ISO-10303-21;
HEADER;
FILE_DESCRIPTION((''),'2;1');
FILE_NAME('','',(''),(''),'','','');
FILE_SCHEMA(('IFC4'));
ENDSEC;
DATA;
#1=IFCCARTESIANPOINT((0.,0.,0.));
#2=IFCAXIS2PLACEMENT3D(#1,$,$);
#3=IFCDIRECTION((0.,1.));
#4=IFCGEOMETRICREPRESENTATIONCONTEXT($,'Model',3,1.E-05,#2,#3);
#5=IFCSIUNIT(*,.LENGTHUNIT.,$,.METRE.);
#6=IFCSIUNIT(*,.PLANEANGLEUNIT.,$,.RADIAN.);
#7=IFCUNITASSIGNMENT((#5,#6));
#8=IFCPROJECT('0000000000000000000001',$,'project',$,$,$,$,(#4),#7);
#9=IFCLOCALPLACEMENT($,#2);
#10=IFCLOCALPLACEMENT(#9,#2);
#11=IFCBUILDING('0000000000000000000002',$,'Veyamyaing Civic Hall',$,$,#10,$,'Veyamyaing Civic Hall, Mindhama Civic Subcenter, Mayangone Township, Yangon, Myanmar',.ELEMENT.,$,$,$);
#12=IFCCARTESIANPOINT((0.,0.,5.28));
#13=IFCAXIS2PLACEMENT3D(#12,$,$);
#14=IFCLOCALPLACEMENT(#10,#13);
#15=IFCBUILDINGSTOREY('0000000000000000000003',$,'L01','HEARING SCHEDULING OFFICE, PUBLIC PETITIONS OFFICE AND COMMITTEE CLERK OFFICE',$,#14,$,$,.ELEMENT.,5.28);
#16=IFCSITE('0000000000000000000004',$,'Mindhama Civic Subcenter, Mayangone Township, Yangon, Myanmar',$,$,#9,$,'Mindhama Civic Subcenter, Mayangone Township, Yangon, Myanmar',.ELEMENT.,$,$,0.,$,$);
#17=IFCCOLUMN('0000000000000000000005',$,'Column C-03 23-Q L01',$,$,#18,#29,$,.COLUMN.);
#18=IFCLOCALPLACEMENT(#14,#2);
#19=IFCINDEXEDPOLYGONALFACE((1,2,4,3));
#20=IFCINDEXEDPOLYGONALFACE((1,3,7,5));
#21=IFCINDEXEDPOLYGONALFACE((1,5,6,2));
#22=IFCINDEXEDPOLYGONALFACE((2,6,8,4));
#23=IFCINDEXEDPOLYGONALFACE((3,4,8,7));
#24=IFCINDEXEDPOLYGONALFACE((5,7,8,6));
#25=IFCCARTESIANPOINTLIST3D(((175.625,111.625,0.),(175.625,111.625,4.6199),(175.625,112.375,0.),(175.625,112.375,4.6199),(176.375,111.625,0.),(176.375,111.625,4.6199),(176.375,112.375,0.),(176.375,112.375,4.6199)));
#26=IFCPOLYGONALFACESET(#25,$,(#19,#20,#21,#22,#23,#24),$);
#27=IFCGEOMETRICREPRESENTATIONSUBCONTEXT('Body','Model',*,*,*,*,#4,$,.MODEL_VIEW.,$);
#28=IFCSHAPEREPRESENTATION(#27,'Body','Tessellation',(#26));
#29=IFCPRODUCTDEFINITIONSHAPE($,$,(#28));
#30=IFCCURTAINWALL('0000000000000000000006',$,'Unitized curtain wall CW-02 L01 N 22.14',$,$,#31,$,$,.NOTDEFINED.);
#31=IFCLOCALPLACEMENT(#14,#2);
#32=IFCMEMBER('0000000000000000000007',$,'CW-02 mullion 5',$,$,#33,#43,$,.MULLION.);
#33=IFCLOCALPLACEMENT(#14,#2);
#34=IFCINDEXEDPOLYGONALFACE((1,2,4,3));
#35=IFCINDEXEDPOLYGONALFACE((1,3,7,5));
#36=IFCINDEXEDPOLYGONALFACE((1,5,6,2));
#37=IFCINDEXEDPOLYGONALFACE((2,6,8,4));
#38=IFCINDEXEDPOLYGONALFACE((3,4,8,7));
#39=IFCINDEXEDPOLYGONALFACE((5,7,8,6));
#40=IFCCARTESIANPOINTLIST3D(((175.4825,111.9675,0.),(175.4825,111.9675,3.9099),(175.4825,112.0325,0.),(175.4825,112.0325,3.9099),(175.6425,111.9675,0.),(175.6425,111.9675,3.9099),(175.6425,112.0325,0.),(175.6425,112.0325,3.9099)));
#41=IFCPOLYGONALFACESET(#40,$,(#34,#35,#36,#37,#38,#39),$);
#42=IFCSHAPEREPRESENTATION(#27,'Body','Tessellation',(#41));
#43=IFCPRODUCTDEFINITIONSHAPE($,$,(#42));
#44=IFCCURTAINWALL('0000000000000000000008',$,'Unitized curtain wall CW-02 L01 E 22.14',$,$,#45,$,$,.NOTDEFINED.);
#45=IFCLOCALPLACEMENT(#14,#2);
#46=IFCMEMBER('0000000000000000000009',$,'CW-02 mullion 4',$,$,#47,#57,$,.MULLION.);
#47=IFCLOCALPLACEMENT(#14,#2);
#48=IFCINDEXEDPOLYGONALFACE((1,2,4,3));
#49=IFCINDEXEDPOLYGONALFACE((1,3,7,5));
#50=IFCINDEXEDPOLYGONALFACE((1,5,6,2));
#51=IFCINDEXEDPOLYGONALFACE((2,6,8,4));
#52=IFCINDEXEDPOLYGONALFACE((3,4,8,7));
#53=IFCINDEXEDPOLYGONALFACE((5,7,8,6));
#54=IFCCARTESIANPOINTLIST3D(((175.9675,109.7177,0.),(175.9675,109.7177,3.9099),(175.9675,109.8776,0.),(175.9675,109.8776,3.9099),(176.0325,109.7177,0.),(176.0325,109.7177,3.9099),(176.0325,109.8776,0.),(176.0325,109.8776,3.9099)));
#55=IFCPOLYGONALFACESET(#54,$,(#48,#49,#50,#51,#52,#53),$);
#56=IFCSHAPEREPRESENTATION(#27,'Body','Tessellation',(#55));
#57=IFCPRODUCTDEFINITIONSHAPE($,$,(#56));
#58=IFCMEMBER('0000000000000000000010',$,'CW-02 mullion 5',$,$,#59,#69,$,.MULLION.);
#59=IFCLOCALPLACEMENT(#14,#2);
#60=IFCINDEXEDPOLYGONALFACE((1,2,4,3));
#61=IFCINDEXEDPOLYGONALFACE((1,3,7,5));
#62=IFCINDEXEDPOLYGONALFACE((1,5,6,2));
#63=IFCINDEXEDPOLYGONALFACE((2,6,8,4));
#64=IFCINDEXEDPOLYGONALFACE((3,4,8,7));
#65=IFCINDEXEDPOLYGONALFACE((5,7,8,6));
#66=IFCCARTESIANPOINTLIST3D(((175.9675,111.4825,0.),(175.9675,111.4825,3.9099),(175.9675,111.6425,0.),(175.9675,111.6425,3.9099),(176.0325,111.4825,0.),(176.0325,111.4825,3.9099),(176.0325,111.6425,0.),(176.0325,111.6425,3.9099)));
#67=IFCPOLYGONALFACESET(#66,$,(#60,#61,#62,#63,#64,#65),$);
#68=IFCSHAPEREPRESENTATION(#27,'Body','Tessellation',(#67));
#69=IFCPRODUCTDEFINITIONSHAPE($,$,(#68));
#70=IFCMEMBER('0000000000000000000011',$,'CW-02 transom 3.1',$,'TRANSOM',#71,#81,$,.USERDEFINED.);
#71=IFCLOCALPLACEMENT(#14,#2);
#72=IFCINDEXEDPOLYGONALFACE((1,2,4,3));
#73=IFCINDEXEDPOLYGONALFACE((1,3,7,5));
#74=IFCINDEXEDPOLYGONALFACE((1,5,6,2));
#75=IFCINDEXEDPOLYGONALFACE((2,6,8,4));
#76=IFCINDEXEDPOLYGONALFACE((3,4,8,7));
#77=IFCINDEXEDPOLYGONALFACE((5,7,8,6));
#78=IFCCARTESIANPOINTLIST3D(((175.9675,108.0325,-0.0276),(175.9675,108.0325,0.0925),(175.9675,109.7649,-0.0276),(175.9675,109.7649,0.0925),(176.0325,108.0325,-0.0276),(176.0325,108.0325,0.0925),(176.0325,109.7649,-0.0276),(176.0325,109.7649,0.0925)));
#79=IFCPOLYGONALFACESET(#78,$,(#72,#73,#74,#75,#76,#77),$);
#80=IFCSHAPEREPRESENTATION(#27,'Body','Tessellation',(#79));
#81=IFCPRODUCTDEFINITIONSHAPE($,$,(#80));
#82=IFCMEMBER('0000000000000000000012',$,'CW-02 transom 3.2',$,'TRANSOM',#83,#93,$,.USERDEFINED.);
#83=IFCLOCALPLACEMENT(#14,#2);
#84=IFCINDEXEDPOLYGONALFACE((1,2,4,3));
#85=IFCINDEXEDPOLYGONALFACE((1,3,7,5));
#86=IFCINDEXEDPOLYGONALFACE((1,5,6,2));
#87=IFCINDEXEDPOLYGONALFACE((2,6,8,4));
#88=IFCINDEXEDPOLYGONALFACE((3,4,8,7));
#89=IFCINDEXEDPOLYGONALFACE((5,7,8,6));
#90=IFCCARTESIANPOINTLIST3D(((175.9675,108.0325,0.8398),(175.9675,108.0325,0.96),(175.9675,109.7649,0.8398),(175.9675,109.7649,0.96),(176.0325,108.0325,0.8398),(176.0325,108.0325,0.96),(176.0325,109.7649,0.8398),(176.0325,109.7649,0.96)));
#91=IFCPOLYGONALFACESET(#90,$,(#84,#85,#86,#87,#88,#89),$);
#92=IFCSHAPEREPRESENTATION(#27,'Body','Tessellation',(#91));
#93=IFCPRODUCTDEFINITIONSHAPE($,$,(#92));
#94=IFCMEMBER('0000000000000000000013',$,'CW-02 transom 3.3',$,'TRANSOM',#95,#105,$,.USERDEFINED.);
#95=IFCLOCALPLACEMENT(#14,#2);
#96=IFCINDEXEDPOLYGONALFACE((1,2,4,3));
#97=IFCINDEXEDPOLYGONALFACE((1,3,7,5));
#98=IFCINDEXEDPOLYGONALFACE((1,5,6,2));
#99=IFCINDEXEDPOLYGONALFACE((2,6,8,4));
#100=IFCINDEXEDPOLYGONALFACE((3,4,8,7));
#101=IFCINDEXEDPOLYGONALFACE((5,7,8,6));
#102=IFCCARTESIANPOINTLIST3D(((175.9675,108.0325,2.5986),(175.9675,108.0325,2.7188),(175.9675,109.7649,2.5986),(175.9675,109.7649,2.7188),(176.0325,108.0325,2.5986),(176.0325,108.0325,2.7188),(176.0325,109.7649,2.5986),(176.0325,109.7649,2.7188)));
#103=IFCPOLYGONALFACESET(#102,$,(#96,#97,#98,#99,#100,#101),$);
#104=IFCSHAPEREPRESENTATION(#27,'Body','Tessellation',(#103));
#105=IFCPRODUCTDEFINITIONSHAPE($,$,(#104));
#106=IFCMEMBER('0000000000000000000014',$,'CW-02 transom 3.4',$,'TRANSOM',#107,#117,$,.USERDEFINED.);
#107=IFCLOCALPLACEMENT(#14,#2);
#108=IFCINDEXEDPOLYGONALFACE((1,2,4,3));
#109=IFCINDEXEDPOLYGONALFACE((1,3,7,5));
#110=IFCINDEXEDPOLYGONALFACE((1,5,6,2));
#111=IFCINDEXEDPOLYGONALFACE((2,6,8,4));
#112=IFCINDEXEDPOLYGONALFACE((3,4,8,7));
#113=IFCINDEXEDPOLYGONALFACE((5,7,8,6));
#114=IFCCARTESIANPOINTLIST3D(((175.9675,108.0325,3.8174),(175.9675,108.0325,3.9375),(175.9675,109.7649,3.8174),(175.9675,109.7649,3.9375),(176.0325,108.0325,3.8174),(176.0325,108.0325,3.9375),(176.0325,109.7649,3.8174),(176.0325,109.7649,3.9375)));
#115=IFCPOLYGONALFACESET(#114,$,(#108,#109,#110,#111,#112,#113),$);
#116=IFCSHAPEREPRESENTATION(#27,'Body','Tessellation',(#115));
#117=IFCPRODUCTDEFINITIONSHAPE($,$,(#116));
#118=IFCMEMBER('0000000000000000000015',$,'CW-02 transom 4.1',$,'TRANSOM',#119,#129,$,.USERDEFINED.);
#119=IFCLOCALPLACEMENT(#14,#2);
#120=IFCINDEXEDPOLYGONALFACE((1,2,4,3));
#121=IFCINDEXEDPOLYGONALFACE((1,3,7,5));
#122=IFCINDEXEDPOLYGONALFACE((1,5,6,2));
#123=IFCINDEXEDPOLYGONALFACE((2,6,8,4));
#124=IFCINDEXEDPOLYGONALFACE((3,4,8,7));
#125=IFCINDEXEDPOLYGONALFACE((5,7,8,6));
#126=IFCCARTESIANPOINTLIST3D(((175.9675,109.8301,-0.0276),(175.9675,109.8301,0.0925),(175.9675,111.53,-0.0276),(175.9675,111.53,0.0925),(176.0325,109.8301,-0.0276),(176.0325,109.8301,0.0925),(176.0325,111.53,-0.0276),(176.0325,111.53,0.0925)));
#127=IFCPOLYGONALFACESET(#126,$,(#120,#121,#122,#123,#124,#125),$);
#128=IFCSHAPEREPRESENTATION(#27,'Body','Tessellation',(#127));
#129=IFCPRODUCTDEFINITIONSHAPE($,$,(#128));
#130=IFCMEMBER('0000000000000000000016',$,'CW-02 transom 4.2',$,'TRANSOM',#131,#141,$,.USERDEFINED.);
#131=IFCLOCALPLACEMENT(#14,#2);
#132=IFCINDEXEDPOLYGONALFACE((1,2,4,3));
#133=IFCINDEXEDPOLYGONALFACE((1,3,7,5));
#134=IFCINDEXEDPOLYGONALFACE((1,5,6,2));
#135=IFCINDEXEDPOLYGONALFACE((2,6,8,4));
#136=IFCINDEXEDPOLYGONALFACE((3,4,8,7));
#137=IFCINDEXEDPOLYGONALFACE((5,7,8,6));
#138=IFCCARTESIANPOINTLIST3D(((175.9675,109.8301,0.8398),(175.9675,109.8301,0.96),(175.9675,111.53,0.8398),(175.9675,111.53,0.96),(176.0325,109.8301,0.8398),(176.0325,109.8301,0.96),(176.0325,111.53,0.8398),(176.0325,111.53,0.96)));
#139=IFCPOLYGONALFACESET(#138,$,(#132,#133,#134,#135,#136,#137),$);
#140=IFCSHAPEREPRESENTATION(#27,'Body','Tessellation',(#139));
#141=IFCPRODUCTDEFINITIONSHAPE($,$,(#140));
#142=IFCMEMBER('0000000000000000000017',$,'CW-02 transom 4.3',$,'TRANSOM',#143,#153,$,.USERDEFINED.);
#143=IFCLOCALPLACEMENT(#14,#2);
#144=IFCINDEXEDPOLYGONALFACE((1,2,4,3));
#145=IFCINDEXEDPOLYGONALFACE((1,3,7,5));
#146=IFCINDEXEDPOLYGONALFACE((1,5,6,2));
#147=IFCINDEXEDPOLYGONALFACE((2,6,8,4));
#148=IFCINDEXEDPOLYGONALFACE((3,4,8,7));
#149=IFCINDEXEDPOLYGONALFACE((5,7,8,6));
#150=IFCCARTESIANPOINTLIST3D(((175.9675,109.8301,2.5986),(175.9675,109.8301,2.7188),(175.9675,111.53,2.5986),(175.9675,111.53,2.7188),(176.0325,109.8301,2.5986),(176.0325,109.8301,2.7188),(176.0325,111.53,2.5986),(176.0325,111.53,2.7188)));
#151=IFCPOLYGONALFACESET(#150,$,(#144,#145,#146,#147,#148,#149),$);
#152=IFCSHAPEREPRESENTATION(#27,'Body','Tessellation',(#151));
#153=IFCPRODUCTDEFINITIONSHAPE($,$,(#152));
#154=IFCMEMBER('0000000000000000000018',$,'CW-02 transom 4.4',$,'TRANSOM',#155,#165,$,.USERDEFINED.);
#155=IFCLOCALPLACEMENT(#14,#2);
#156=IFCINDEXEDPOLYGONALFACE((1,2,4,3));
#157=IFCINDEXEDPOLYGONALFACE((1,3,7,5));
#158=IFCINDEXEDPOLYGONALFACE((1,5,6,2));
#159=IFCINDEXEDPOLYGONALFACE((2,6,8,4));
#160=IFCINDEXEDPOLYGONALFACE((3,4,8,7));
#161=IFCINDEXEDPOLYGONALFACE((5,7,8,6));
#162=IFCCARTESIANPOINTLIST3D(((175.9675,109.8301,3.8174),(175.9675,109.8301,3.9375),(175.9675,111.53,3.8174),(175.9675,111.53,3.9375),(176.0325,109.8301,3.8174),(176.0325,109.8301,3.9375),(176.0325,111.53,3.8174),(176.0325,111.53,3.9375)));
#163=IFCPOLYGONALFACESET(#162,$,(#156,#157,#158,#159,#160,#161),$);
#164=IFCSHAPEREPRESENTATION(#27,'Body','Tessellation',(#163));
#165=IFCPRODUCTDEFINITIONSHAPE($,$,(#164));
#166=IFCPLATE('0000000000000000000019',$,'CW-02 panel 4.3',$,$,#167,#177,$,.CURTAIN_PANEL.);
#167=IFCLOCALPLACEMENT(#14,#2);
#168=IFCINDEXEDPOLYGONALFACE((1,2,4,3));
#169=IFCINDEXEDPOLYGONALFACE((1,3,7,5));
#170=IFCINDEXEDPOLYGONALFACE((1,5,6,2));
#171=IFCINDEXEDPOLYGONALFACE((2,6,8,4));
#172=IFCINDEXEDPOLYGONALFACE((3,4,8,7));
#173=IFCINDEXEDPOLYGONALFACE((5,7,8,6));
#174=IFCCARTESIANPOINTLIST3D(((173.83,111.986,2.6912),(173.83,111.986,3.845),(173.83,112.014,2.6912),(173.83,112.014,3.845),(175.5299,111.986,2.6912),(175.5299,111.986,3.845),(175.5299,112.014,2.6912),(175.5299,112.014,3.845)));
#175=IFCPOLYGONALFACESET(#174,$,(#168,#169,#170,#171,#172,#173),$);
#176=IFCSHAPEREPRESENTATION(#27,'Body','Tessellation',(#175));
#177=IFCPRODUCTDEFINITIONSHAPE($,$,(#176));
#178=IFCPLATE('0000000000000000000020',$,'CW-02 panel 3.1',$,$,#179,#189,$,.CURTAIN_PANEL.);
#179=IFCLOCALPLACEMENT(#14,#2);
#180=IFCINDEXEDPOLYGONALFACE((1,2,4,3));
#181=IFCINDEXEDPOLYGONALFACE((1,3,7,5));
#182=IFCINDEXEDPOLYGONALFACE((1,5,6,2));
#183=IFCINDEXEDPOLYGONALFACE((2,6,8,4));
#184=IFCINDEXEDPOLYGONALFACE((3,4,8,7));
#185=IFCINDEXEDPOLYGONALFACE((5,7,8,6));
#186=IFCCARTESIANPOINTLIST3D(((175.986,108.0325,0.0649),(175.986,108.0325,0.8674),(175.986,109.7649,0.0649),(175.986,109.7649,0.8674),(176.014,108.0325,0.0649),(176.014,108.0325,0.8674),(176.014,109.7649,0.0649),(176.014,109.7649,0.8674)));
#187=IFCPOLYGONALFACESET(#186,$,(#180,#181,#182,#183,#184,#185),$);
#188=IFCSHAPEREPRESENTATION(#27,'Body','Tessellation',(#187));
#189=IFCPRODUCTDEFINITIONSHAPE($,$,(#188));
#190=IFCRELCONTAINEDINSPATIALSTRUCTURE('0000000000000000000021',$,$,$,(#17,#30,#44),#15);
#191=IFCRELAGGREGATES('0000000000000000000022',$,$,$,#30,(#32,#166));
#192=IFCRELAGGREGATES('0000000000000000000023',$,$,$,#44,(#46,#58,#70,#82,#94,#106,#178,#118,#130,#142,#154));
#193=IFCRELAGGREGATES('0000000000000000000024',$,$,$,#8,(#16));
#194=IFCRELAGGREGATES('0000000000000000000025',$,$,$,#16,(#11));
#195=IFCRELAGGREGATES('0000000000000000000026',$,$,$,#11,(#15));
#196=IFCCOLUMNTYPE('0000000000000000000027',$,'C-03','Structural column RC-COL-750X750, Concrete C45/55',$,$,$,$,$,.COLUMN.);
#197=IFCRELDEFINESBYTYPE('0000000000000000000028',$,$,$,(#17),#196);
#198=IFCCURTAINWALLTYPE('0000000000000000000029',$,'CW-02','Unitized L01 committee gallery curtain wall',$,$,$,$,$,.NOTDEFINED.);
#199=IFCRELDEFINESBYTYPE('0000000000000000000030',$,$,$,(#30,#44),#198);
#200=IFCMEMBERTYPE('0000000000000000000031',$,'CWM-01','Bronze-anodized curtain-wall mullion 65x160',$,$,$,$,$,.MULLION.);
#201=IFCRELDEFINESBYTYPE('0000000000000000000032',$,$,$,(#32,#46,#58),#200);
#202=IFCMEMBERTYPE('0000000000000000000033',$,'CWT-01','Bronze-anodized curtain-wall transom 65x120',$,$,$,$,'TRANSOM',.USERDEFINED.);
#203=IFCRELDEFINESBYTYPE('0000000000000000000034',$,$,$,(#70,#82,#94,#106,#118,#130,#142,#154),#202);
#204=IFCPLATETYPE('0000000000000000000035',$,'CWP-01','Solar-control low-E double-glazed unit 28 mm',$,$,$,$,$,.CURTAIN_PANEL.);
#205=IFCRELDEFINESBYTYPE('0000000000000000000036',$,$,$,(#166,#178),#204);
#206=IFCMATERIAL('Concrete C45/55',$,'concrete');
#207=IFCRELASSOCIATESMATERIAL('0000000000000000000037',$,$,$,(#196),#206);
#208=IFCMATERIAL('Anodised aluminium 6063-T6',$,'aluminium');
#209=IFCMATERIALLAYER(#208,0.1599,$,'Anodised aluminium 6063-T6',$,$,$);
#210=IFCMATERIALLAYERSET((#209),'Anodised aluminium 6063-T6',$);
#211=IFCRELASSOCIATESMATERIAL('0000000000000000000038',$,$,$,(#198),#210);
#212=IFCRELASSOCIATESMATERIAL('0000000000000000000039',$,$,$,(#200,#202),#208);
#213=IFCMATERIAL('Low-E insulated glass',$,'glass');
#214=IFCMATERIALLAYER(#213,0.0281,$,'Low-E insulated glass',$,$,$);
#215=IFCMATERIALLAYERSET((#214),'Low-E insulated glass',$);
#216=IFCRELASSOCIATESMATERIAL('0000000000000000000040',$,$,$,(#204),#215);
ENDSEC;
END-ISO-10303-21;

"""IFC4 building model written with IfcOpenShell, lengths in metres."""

from ifc_helpers import new_model, si_unit, direction, frame, origin, origin_2d, place, context, subcontext, project, spatial, rectangle, extrude, material, layer, layer_set, material_profile, profile_set, type_object, element, aggregate, save


model = new_model("IFC4")

# Units and contexts
model_context = context("Model", 3, precision=1e-05, world=origin(), true_north=direction((0.0, 1.0)))
body_context = subcontext(model_context, "Body", "Model", "MODEL_VIEW")
ifc_project = project(units=[si_unit("LENGTHUNIT", "METRE"), si_unit("PLANEANGLEUNIT", "RADIAN")], contexts=[model_context])

# Site, building, storey
site_placement = place(None, origin())
site = spatial("IfcSite", under=ifc_project, at=site_placement, Name="Mindhama Civic Subcenter, Mayangone Township, Yangon, Myanmar", LongName="Mindhama Civic Subcenter, Mayangone Township, Yangon, Myanmar", CompositionType="ELEMENT", RefElevation=0.0)
building_placement = place(site_placement, origin())
building = spatial("IfcBuilding", under=site, at=building_placement, Name="Veyamyaing Civic Hall", LongName="Veyamyaing Civic Hall, Mindhama Civic Subcenter, Mayangone Township, Yangon, Myanmar", CompositionType="ELEMENT")
storey_placement = place(building_placement, frame((0.0, 0.0, 5.28)))
storey = spatial("IfcBuildingStorey", under=building, at=storey_placement, Name="L01", Description="HEARING SCHEDULING OFFICE, PUBLIC PETITIONS OFFICE AND COMMITTEE CLERK OFFICE", CompositionType="ELEMENT", Elevation=5.28)

# Column
ifc_material_1 = material(Name="Concrete C45/55", Category="concrete")
ifc_material_profile_1 = material_profile(ifc_material_1, rectangle(XDim=0.75, YDim=0.75, at=origin_2d()), Name="RC-COL-750X750")
ifc_profile_set_1 = profile_set([ifc_material_profile_1], Name="Concrete C45/55")
column_type = type_object("IfcColumnType", Name="C-03", Description="Structural column RC-COL-750X750, Concrete C45/55", PredefinedType="COLUMN", material=ifc_profile_set_1)
column_placement = place(storey_placement, frame((176.0, 112.0, 0.0), z_axis=(0.0, 0.0, 1.0), x_axis=(1.0, 0.0, 0.0)))
element("IfcColumn", 1, at=column_placement, inside=storey, type_object=column_type, Name="Column C-03 23-Q L01", PredefinedType="COLUMN", context=body_context, shape_type="SweptSolid", body=[
    extrude(rectangle(XDim=0.75, YDim=0.75, at=origin_2d()), origin(), (0.0, 0.0, 1.0), 4.6199),
])

# Curtain wall, member
ifc_material_2 = material(Name="Anodised aluminium 6063-T6", Category="aluminium")
ifc_layer_1 = layer(ifc_material_2, 0.1599, Name="Anodised aluminium 6063-T6")
ifc_layer_set_1 = layer_set([ifc_layer_1], Name="Anodised aluminium 6063-T6")
curtain_wall_type = type_object("IfcCurtainWallType", Name="CW-02", Description="Unitized L01 committee gallery curtain wall", PredefinedType="NOTDEFINED", material=ifc_layer_set_1)
curtain_wall_1_placement = place(storey_placement, origin())
curtain_wall_1 = element("IfcCurtainWall", 2, at=curtain_wall_1_placement, inside=storey, type_object=curtain_wall_type, Name="Unitized curtain wall CW-02 L01 N 22.14", PredefinedType="NOTDEFINED")
ifc_material_profile_2 = material_profile(ifc_material_2, rectangle(XDim=0.0649, YDim=0.1599, at=origin_2d()), Name="ALU-MUL-65X160")
ifc_profile_set_2 = profile_set([ifc_material_profile_2], Name="Anodised aluminium 6063-T6")
member_type_1 = type_object("IfcMemberType", Name="CWM-01", Description="Bronze-anodized curtain-wall mullion 65x160", PredefinedType="MULLION", material=ifc_profile_set_2)
member_1_placement = place(storey_placement, frame((175.5625, 112.0, 0.0), z_axis=(0.0, 0.0, 1.0), x_axis=(0.0, 1.0, 0.0)))
member_1 = element("IfcMember", 3, at=member_1_placement, type_object=member_type_1, Name="CW-02 mullion 5", PredefinedType="MULLION", context=body_context, shape_type="SweptSolid", body=[
    extrude(rectangle(XDim=0.0649, YDim=0.1599, at=origin_2d()), origin(), (0.0, 0.0, 1.0), 3.9099),
])

# Curtain wall, members
curtain_wall_2_placement = place(storey_placement, origin())
curtain_wall_2 = element("IfcCurtainWall", 4, at=curtain_wall_2_placement, inside=storey, type_object=curtain_wall_type, Name="Unitized curtain wall CW-02 L01 E 22.14", PredefinedType="NOTDEFINED")
member_2_placement = place(storey_placement, frame((176.0, 109.7976, 0.0), z_axis=(0.0, 0.0, 1.0), x_axis=(-1.0, 0.0, 0.0)))
member_2 = element("IfcMember", 5, at=member_2_placement, type_object=member_type_1, Name="CW-02 mullion 4", PredefinedType="MULLION", context=body_context, shape_type="SweptSolid", body=[
    extrude(rectangle(XDim=0.0649, YDim=0.1599, at=origin_2d()), origin(), (0.0, 0.0, 1.0), 3.9099),
])
member_3_placement = place(storey_placement, frame((176.0, 111.5625, 0.0), z_axis=(0.0, 0.0, 1.0), x_axis=(-1.0, 0.0, 0.0)))
member_3 = element("IfcMember", 6, at=member_3_placement, type_object=member_type_1, Name="CW-02 mullion 5", PredefinedType="MULLION", context=body_context, shape_type="SweptSolid", body=[
    extrude(rectangle(XDim=0.0649, YDim=0.1599, at=origin_2d()), origin(), (0.0, 0.0, 1.0), 3.9099),
])
ifc_material_profile_3 = material_profile(ifc_material_2, rectangle(XDim=0.0649, YDim=0.1201, at=origin_2d()), Name="ALU-TRN-65X120")
ifc_profile_set_3 = profile_set([ifc_material_profile_3], Name="Anodised aluminium 6063-T6")
member_type_2 = type_object("IfcMemberType", Name="CWT-01", Description="Bronze-anodized curtain-wall transom 65x120", ElementType="TRANSOM", PredefinedType="USERDEFINED", material=ifc_profile_set_3)
member_4_placement = place(storey_placement, frame((176.0, 108.0325, 0.0325), z_axis=(0.0, 1.0, 0.0), x_axis=(-1.0, 0.0, 0.0)))
member_4 = element("IfcMember", 7, at=member_4_placement, type_object=member_type_2, Name="CW-02 transom 3.1", ObjectType="TRANSOM", PredefinedType="USERDEFINED", context=body_context, shape_type="SweptSolid", body=[
    extrude(rectangle(XDim=0.0649, YDim=0.1201, at=origin_2d()), origin(), (0.0, 0.0, 1.0), 1.7324),
])
member_5_placement = place(storey_placement, frame((176.0, 108.0325, 0.8999), z_axis=(0.0, 1.0, 0.0), x_axis=(-1.0, 0.0, 0.0)))
member_5 = element("IfcMember", 8, at=member_5_placement, type_object=member_type_2, Name="CW-02 transom 3.2", ObjectType="TRANSOM", PredefinedType="USERDEFINED", context=body_context, shape_type="SweptSolid", body=[
    extrude(rectangle(XDim=0.0649, YDim=0.1201, at=origin_2d()), origin(), (0.0, 0.0, 1.0), 1.7324),
])
member_6_placement = place(storey_placement, frame((176.0, 108.0325, 2.6587), z_axis=(0.0, 1.0, 0.0), x_axis=(-1.0, 0.0, 0.0)))
member_6 = element("IfcMember", 9, at=member_6_placement, type_object=member_type_2, Name="CW-02 transom 3.3", ObjectType="TRANSOM", PredefinedType="USERDEFINED", context=body_context, shape_type="SweptSolid", body=[
    extrude(rectangle(XDim=0.0649, YDim=0.1201, at=origin_2d()), origin(), (0.0, 0.0, 1.0), 1.7324),
])
member_7_placement = place(storey_placement, frame((176.0, 108.0325, 3.8774), z_axis=(0.0, 1.0, 0.0), x_axis=(-1.0, 0.0, 0.0)))
member_7 = element("IfcMember", 10, at=member_7_placement, type_object=member_type_2, Name="CW-02 transom 3.4", ObjectType="TRANSOM", PredefinedType="USERDEFINED", context=body_context, shape_type="SweptSolid", body=[
    extrude(rectangle(XDim=0.0649, YDim=0.1201, at=origin_2d()), origin(), (0.0, 0.0, 1.0), 1.7324),
])
member_8_placement = place(storey_placement, frame((176.0, 109.8301, 0.0325), z_axis=(0.0, 1.0, 0.0), x_axis=(-1.0, 0.0, 0.0)))
member_8 = element("IfcMember", 11, at=member_8_placement, type_object=member_type_2, Name="CW-02 transom 4.1", ObjectType="TRANSOM", PredefinedType="USERDEFINED", context=body_context, shape_type="SweptSolid", body=[
    extrude(rectangle(XDim=0.0649, YDim=0.1201, at=origin_2d()), origin(), (0.0, 0.0, 1.0), 1.7),
])
member_9_placement = place(storey_placement, frame((176.0, 109.8301, 0.8999), z_axis=(0.0, 1.0, 0.0), x_axis=(-1.0, 0.0, 0.0)))
member_9 = element("IfcMember", 12, at=member_9_placement, type_object=member_type_2, Name="CW-02 transom 4.2", ObjectType="TRANSOM", PredefinedType="USERDEFINED", context=body_context, shape_type="SweptSolid", body=[
    extrude(rectangle(XDim=0.0649, YDim=0.1201, at=origin_2d()), origin(), (0.0, 0.0, 1.0), 1.7),
])
member_10_placement = place(storey_placement, frame((176.0, 109.8301, 2.6587), z_axis=(0.0, 1.0, 0.0), x_axis=(-1.0, 0.0, 0.0)))
member_10 = element("IfcMember", 13, at=member_10_placement, type_object=member_type_2, Name="CW-02 transom 4.3", ObjectType="TRANSOM", PredefinedType="USERDEFINED", context=body_context, shape_type="SweptSolid", body=[
    extrude(rectangle(XDim=0.0649, YDim=0.1201, at=origin_2d()), origin(), (0.0, 0.0, 1.0), 1.7),
])
member_11_placement = place(storey_placement, frame((176.0, 109.8301, 3.8774), z_axis=(0.0, 1.0, 0.0), x_axis=(-1.0, 0.0, 0.0)))
member_11 = element("IfcMember", 14, at=member_11_placement, type_object=member_type_2, Name="CW-02 transom 4.4", ObjectType="TRANSOM", PredefinedType="USERDEFINED", context=body_context, shape_type="SweptSolid", body=[
    extrude(rectangle(XDim=0.0649, YDim=0.1201, at=origin_2d()), origin(), (0.0, 0.0, 1.0), 1.7),
])

# Plates
ifc_material_3 = material(Name="Low-E insulated glass", Category="glass")
ifc_layer_2 = layer(ifc_material_3, 0.0281, Name="Low-E insulated glass")
ifc_layer_set_2 = layer_set([ifc_layer_2], Name="Low-E insulated glass")
plate_type = type_object("IfcPlateType", Name="CWP-01", Description="Solar-control low-E double-glazed unit 28 mm", PredefinedType="CURTAIN_PANEL", material=ifc_layer_set_2)
plate_1_placement = place(storey_placement, frame((174.6799, 112.0, 2.6912), z_axis=(0.0, 0.0, 1.0), x_axis=(1.0, 0.0, 0.0)))
plate_1 = element("IfcPlate", 15, at=plate_1_placement, type_object=plate_type, Name="CW-02 panel 4.3", PredefinedType="CURTAIN_PANEL", context=body_context, shape_type="SweptSolid", body=[
    extrude(rectangle(XDim=1.7, YDim=0.0281, at=origin_2d()), origin(), (0.0, 0.0, 1.0), 1.1538),
])
aggregate(curtain_wall_1, [member_1, plate_1])
plate_2_placement = place(storey_placement, frame((176.0, 108.8987, 0.0649), z_axis=(0.0, 0.0, 1.0), x_axis=(0.0, 1.0, 0.0)))
plate_2 = element("IfcPlate", 16, at=plate_2_placement, type_object=plate_type, Name="CW-02 panel 3.1", PredefinedType="CURTAIN_PANEL", context=body_context, shape_type="SweptSolid", body=[
    extrude(rectangle(XDim=1.7324, YDim=0.0281, at=origin_2d()), origin(), (0.0, 0.0, 1.0), 0.8025),
])
aggregate(curtain_wall_2, [member_2, member_3, member_4, member_5, member_6, member_7, plate_2, member_8, member_9, member_10, member_11])

save(model, "model.ifc")
